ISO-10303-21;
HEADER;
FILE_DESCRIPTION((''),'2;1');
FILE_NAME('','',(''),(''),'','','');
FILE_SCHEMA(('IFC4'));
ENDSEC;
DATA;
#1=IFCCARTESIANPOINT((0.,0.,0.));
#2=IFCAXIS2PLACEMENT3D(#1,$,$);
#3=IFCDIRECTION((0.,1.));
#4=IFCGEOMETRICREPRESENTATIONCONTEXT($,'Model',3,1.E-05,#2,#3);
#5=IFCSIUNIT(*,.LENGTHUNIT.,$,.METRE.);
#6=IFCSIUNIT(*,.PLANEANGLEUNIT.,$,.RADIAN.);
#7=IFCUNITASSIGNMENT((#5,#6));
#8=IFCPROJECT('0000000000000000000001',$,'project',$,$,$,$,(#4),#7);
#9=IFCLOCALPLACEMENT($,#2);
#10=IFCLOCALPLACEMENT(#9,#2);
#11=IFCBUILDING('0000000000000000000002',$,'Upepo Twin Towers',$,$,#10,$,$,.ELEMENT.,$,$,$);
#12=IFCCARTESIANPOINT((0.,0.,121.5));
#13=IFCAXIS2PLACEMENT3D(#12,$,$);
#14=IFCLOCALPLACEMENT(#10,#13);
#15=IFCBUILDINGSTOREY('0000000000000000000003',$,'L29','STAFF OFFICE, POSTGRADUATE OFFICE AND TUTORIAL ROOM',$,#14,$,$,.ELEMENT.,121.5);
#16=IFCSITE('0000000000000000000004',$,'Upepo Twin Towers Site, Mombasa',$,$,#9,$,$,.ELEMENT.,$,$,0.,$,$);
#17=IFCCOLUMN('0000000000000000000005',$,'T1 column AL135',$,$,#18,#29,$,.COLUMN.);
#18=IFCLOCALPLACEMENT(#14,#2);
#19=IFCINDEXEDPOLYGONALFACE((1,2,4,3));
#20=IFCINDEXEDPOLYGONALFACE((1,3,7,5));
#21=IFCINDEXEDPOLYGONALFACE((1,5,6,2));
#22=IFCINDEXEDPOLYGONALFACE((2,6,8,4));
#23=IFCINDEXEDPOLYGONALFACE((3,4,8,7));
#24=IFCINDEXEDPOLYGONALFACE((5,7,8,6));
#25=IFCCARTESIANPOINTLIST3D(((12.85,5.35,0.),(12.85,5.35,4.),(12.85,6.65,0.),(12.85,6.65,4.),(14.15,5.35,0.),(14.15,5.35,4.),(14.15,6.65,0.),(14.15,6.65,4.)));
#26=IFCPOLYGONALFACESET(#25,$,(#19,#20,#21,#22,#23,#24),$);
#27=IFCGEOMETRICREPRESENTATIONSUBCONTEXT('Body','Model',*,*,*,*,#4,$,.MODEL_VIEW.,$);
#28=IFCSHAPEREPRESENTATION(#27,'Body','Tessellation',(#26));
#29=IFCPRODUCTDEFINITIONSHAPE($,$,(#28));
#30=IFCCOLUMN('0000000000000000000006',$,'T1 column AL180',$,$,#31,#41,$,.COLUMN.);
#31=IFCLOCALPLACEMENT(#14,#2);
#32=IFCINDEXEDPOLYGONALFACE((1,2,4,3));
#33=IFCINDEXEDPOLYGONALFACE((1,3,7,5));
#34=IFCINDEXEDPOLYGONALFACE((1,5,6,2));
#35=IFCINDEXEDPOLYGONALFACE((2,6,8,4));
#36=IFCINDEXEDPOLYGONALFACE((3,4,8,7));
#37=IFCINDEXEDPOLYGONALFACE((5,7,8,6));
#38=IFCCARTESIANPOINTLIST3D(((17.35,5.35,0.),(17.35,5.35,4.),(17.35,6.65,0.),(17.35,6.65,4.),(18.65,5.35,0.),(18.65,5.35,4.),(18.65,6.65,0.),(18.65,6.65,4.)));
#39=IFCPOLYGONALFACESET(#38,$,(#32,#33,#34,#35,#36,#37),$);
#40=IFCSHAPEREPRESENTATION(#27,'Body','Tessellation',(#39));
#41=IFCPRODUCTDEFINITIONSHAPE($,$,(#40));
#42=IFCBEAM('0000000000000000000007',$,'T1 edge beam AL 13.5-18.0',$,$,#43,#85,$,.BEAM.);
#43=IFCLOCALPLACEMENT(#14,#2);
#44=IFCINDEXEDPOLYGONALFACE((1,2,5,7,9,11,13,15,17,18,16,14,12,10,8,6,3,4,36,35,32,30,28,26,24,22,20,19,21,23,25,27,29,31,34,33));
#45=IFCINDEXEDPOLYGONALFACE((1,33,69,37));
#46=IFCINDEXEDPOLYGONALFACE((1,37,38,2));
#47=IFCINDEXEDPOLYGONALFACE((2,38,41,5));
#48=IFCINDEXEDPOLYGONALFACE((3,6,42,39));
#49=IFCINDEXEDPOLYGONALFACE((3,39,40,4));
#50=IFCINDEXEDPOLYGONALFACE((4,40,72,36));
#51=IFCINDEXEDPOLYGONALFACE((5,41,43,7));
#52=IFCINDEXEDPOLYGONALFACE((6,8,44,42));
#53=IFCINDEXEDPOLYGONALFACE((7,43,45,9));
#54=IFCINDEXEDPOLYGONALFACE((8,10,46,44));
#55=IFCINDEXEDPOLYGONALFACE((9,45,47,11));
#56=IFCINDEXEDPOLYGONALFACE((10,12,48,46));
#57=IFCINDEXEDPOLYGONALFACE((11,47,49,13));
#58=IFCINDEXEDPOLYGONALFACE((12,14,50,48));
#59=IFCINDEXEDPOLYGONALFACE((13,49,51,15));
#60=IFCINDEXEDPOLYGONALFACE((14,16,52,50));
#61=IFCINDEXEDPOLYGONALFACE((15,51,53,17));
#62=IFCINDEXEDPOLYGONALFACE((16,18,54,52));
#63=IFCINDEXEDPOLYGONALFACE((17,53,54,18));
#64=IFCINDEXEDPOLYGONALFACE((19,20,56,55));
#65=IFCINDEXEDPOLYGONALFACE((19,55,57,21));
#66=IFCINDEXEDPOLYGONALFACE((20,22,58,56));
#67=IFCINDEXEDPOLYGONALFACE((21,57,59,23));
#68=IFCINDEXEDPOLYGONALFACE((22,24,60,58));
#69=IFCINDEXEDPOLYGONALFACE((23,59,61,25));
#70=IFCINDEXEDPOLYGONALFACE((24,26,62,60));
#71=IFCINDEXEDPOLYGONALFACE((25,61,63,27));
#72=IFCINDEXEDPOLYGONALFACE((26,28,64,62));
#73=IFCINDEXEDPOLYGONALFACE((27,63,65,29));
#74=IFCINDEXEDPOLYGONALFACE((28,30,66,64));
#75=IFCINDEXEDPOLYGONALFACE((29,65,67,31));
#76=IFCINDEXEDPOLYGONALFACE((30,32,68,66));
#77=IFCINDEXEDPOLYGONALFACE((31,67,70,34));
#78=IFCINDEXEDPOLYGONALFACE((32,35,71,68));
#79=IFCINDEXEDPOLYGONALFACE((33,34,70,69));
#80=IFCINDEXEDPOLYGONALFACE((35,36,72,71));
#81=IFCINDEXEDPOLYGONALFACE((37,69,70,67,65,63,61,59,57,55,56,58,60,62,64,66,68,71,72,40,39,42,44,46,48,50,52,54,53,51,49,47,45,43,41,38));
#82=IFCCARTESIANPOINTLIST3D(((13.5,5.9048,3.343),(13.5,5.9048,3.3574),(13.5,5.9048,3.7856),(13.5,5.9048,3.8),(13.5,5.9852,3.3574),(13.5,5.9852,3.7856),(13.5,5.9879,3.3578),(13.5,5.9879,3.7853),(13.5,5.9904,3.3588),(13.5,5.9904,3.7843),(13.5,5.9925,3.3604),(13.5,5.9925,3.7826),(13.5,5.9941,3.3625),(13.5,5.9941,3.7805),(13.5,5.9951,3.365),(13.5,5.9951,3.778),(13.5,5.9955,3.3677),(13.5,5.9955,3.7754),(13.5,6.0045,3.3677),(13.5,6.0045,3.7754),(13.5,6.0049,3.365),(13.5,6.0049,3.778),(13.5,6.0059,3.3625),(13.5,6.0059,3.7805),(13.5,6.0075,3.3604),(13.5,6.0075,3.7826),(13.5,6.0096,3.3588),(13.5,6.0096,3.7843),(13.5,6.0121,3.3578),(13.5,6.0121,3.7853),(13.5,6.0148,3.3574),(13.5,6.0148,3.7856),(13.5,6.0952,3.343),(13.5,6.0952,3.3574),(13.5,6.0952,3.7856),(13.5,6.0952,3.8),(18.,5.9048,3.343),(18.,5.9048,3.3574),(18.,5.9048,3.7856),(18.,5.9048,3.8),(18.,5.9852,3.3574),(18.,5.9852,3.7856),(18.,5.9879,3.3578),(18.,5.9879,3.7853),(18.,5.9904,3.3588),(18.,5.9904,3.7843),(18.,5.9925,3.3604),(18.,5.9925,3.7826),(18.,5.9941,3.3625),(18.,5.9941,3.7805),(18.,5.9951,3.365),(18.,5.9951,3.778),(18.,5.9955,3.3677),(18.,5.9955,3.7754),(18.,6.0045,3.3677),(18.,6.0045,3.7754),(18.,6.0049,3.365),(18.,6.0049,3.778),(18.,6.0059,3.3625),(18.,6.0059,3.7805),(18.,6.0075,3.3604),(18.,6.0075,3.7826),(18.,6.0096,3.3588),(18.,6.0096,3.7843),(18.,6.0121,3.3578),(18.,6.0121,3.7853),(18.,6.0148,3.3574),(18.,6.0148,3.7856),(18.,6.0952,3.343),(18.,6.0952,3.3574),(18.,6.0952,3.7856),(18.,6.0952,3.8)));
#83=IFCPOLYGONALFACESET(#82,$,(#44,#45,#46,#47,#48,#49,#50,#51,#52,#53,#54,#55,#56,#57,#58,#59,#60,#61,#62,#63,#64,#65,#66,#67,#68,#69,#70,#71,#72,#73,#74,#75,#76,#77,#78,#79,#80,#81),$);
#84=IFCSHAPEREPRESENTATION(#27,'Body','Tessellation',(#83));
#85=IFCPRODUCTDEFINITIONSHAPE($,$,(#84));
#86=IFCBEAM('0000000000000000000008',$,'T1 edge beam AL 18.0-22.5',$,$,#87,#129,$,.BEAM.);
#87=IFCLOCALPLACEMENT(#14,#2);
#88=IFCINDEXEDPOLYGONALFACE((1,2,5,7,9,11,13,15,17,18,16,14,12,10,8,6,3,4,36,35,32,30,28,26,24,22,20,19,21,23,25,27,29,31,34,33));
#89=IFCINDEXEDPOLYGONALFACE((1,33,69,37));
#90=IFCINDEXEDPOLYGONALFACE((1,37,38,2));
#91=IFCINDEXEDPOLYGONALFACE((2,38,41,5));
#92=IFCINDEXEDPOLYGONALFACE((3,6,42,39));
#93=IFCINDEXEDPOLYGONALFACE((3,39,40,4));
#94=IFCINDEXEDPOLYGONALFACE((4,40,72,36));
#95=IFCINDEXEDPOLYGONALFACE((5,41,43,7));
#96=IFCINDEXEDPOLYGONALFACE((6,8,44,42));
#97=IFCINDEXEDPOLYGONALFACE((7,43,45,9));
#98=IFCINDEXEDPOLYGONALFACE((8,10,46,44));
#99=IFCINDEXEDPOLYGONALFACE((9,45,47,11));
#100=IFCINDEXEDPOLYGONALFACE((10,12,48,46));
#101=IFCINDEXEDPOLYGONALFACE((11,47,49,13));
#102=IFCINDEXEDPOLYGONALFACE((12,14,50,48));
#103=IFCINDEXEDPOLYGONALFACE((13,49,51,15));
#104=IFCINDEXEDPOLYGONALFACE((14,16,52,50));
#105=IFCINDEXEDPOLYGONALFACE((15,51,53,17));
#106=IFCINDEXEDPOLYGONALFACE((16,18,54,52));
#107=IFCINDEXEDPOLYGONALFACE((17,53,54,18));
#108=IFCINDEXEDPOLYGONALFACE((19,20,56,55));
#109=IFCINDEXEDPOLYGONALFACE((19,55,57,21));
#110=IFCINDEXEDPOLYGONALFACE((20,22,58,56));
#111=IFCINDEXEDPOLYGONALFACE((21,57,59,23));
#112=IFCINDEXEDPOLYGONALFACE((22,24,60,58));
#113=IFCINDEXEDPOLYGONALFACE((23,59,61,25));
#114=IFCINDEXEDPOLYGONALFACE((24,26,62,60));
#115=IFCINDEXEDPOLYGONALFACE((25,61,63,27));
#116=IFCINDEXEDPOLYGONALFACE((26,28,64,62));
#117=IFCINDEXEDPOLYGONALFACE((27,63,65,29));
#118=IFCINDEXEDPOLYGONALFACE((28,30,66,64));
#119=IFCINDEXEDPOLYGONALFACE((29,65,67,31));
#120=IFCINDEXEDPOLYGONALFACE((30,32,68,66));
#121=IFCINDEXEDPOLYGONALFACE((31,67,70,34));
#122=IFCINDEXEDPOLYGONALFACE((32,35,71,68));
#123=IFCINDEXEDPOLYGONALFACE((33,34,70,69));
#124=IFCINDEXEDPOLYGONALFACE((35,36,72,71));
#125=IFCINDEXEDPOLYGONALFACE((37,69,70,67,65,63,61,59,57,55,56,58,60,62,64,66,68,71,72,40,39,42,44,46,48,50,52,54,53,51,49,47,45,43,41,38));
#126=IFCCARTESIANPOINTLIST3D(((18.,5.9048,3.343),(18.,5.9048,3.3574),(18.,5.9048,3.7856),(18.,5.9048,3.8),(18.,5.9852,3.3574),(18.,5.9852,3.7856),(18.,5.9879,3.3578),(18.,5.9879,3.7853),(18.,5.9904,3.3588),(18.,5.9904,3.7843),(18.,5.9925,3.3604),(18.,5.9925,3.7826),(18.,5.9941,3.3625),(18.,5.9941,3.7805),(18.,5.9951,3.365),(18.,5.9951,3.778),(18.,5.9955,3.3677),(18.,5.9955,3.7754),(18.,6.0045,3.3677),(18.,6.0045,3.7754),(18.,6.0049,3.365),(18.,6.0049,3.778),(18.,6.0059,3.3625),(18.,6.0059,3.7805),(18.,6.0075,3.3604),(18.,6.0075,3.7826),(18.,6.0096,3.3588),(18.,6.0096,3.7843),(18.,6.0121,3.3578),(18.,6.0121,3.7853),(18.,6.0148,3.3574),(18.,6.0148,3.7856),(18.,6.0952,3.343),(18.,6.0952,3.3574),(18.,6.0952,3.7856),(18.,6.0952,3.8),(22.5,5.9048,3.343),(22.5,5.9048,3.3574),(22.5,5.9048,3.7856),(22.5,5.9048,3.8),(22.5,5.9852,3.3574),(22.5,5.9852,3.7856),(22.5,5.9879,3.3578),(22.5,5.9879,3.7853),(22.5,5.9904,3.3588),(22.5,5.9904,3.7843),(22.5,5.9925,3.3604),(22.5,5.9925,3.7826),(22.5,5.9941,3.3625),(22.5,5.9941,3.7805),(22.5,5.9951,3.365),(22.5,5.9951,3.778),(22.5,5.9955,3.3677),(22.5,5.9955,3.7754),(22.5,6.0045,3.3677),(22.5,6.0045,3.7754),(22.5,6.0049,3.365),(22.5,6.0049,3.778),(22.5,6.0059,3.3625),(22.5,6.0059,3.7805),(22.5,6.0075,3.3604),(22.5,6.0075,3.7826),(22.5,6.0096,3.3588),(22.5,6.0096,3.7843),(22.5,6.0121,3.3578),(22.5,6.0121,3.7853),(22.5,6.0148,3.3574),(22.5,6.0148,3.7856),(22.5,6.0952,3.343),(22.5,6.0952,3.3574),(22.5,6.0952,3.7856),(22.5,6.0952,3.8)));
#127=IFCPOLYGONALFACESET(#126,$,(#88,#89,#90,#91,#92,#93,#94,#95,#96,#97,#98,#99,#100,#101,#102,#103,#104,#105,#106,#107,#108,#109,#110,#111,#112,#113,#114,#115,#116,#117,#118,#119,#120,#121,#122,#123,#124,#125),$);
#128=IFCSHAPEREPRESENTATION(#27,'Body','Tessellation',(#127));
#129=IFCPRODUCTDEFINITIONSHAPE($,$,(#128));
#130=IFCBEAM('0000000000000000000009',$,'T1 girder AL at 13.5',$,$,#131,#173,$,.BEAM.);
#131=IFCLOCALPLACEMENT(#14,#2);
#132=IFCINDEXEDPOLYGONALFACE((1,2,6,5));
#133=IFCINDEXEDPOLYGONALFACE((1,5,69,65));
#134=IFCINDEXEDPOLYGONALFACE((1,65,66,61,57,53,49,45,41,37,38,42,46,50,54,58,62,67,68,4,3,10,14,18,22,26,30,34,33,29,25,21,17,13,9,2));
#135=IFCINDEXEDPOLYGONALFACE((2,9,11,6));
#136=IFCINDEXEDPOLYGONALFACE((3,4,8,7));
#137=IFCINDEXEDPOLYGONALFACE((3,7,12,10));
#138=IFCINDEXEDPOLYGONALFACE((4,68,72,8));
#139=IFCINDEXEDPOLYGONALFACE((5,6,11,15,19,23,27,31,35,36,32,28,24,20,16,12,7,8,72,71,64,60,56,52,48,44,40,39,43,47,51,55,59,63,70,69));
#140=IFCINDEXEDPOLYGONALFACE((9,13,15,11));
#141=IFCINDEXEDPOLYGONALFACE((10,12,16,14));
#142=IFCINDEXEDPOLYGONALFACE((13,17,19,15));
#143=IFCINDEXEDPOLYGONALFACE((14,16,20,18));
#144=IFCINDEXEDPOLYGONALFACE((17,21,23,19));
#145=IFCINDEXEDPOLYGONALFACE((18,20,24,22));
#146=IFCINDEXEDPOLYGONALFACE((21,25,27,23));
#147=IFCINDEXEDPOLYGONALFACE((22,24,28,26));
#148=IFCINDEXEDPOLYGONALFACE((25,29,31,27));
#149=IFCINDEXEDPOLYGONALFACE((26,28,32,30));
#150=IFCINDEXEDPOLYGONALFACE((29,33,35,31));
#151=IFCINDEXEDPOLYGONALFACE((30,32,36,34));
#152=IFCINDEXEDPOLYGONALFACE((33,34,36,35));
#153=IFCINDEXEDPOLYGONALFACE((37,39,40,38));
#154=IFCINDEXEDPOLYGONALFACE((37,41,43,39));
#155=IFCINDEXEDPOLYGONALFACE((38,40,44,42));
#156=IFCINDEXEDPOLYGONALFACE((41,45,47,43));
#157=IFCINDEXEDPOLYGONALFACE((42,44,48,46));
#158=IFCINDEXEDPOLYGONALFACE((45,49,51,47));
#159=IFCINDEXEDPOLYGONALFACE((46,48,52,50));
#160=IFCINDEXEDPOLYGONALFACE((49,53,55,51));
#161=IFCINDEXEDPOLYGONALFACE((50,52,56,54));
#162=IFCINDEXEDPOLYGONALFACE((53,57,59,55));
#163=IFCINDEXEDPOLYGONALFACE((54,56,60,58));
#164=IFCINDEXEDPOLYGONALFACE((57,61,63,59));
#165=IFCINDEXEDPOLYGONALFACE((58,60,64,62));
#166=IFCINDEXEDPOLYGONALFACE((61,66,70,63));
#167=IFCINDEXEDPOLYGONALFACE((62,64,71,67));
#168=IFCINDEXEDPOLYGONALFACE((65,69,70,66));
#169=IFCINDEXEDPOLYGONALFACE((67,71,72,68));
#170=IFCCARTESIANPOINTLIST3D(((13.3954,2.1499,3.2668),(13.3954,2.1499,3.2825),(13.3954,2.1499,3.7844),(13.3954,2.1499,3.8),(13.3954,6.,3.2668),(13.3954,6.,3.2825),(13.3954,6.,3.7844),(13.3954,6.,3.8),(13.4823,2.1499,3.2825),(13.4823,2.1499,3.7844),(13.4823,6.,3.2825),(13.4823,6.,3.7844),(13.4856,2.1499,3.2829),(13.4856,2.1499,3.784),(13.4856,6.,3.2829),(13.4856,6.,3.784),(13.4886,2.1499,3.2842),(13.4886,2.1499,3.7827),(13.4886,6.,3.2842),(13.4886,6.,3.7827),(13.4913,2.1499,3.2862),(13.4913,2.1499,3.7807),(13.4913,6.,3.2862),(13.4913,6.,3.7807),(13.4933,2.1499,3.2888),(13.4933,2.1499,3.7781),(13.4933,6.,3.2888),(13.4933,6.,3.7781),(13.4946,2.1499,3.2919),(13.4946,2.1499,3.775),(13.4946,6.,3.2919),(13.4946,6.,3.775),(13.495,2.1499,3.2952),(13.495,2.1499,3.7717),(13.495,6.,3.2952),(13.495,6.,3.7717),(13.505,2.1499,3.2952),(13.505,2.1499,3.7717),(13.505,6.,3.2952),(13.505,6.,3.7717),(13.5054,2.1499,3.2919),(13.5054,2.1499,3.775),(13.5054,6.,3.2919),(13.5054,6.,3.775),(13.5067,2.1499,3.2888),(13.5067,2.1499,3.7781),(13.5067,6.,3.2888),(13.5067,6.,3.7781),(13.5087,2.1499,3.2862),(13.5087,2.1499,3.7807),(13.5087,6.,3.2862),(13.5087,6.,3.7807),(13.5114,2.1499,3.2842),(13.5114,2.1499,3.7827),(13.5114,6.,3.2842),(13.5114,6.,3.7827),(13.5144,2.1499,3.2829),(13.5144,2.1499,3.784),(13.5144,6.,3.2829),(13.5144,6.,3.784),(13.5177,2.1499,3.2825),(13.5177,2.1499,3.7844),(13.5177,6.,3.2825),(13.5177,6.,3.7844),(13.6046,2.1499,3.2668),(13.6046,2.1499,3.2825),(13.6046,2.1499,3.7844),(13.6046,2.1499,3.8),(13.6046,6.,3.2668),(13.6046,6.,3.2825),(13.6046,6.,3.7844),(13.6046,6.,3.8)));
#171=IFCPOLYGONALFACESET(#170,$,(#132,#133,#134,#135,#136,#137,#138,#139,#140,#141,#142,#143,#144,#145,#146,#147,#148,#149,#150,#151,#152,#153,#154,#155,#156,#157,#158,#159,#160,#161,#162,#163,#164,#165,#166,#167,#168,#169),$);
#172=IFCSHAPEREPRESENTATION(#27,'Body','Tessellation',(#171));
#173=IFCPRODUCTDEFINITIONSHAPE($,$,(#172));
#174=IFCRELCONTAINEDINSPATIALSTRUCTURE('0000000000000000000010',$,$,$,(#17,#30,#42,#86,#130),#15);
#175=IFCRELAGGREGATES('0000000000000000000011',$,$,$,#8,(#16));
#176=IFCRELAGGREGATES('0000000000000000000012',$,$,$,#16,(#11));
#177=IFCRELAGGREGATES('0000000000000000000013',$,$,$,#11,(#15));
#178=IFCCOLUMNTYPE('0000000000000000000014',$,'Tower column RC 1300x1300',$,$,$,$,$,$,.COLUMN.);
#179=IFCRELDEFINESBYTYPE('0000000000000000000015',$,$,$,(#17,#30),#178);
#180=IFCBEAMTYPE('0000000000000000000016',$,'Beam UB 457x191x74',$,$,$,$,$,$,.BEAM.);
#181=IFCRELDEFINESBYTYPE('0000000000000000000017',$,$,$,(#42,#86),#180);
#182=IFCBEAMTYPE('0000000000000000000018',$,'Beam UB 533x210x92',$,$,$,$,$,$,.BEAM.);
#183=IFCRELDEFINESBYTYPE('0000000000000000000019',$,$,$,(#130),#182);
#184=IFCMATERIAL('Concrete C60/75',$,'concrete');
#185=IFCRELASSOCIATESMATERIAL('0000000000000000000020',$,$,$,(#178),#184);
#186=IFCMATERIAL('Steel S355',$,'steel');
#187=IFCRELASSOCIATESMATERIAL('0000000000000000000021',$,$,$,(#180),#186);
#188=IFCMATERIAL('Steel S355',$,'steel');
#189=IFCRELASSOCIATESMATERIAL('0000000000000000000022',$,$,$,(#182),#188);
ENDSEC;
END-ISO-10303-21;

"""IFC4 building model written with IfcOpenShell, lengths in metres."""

from ifc_helpers import new_model, si_unit, direction, frame, origin, origin_2d, place, context, subcontext, project, spatial, rectangle, i_section, extrude, material, material_profile, profile_set, type_object, element, save


model = new_model("IFC4")

# Units and contexts
model_context = context("Model", 3, precision=1e-05, world=origin(), true_north=direction((0.0, 1.0)))
body_context = subcontext(model_context, "Body", "Model", "MODEL_VIEW")
ifc_project = project(units=[si_unit("LENGTHUNIT", "METRE"), si_unit("PLANEANGLEUNIT", "RADIAN")], contexts=[model_context])

# Site, building, storey
site_placement = place(None, origin())
site = spatial("IfcSite", under=ifc_project, at=site_placement, Name="Upepo Twin Towers Site, Mombasa", CompositionType="ELEMENT", RefElevation=0.0)
building_placement = place(site_placement, origin())
building = spatial("IfcBuilding", under=site, at=building_placement, Name="Upepo Twin Towers", CompositionType="ELEMENT")
storey_placement = place(building_placement, frame((0.0, 0.0, 121.5)))
storey = spatial("IfcBuildingStorey", under=building, at=storey_placement, Name="L29", Description="STAFF OFFICE, POSTGRADUATE OFFICE AND TUTORIAL ROOM", CompositionType="ELEMENT", Elevation=121.5)

# Columns
ifc_material_1 = material(Name="Concrete C60/75", Category="concrete")
ifc_material_profile_1 = material_profile(ifc_material_1, rectangle(XDim=1.3, YDim=1.3, at=origin_2d()), Name="RC 1300x1300")
ifc_profile_set_1 = profile_set([ifc_material_profile_1], Name="Concrete C60/75")
column_type = type_object("IfcColumnType", Name="Tower column RC 1300x1300", PredefinedType="COLUMN", material=ifc_profile_set_1)
for number, where, z_axis, x_axis, name in (
    (1, (13.5, 6.0, 0.0), (0.0, 0.0, 1.0), (1.0, 0.0, 0.0), "T1 column AL135"),
    (2, (18.0, 6.0, 0.0), (0.0, 0.0, 1.0), (1.0, 0.0, 0.0), "T1 column AL180"),
):
    element("IfcColumn", number, at=place(storey_placement, frame(where, z_axis=z_axis, x_axis=x_axis)), inside=storey, type_object=column_type, Name=name, PredefinedType="COLUMN", context=body_context, shape_type="SweptSolid", body=[
        extrude(rectangle(XDim=1.3, YDim=1.3, at=origin_2d()), origin(), (0.0, 0.0, 1.0), 4.0),
    ])

# Beams
ifc_material_2 = material(Name="Steel S355", Category="steel")
ifc_material_profile_2 = material_profile(ifc_material_2, i_section(OverallWidth=0.1904, OverallDepth=0.457, WebThickness=0.009, FlangeThickness=0.0144, FilletRadius=0.0103, at=origin_2d()), Name="UB 457x191x74")
ifc_profile_set_2 = profile_set([ifc_material_profile_2], Name="Steel S355")
beam_type_1 = type_object("IfcBeamType", Name="Beam UB 457x191x74", PredefinedType="BEAM", material=ifc_profile_set_2)
for number, where, z_axis, x_axis, name in (
    (3, (13.5, 6.0, 3.5715), (1.0, 0.0, 0.0), (0.0, 1.0, 0.0), "T1 edge beam AL 13.5-18.0"),
    (4, (18.0, 6.0, 3.5715), (1.0, 0.0, 0.0), (0.0, 1.0, 0.0), "T1 edge beam AL 18.0-22.5"),
):
    element("IfcBeam", number, at=place(storey_placement, frame(where, z_axis=z_axis, x_axis=x_axis)), inside=storey, type_object=beam_type_1, Name=name, PredefinedType="BEAM", context=body_context, shape_type="SweptSolid", body=[
        extrude(i_section(OverallWidth=0.1904, OverallDepth=0.457, WebThickness=0.009, FlangeThickness=0.0144, FilletRadius=0.0103, at=origin_2d()), origin(), (0.0, 0.0, 1.0), 4.5),
    ])
ifc_material_3 = material(Name="Steel S355", Category="steel")
ifc_material_profile_3 = material_profile(ifc_material_3, i_section(OverallWidth=0.2092, OverallDepth=0.5332, WebThickness=0.01, FlangeThickness=0.0156, FilletRadius=0.0127, at=origin_2d()), Name="UB 533x210x92")
ifc_profile_set_3 = profile_set([ifc_material_profile_3], Name="Steel S355")
beam_type_2 = type_object("IfcBeamType", Name="Beam UB 533x210x92", PredefinedType="BEAM", material=ifc_profile_set_3)
for number, where, z_axis, x_axis, name in (
    (5, (13.5, 6.0, 3.5334), (0.0, -1.0, 0.0), (1.0, 0.0, 0.0), "T1 girder AL at 13.5"),
):
    element("IfcBeam", number, at=place(storey_placement, frame(where, z_axis=z_axis, x_axis=x_axis)), inside=storey, type_object=beam_type_2, Name=name, PredefinedType="BEAM", context=body_context, shape_type="SweptSolid", body=[
        extrude(i_section(OverallWidth=0.2092, OverallDepth=0.5332, WebThickness=0.01, FlangeThickness=0.0156, FilletRadius=0.0127, at=origin_2d()), origin(), (0.0, 0.0, 1.0), 3.8501),
    ])

save(model, "model.ifc")
